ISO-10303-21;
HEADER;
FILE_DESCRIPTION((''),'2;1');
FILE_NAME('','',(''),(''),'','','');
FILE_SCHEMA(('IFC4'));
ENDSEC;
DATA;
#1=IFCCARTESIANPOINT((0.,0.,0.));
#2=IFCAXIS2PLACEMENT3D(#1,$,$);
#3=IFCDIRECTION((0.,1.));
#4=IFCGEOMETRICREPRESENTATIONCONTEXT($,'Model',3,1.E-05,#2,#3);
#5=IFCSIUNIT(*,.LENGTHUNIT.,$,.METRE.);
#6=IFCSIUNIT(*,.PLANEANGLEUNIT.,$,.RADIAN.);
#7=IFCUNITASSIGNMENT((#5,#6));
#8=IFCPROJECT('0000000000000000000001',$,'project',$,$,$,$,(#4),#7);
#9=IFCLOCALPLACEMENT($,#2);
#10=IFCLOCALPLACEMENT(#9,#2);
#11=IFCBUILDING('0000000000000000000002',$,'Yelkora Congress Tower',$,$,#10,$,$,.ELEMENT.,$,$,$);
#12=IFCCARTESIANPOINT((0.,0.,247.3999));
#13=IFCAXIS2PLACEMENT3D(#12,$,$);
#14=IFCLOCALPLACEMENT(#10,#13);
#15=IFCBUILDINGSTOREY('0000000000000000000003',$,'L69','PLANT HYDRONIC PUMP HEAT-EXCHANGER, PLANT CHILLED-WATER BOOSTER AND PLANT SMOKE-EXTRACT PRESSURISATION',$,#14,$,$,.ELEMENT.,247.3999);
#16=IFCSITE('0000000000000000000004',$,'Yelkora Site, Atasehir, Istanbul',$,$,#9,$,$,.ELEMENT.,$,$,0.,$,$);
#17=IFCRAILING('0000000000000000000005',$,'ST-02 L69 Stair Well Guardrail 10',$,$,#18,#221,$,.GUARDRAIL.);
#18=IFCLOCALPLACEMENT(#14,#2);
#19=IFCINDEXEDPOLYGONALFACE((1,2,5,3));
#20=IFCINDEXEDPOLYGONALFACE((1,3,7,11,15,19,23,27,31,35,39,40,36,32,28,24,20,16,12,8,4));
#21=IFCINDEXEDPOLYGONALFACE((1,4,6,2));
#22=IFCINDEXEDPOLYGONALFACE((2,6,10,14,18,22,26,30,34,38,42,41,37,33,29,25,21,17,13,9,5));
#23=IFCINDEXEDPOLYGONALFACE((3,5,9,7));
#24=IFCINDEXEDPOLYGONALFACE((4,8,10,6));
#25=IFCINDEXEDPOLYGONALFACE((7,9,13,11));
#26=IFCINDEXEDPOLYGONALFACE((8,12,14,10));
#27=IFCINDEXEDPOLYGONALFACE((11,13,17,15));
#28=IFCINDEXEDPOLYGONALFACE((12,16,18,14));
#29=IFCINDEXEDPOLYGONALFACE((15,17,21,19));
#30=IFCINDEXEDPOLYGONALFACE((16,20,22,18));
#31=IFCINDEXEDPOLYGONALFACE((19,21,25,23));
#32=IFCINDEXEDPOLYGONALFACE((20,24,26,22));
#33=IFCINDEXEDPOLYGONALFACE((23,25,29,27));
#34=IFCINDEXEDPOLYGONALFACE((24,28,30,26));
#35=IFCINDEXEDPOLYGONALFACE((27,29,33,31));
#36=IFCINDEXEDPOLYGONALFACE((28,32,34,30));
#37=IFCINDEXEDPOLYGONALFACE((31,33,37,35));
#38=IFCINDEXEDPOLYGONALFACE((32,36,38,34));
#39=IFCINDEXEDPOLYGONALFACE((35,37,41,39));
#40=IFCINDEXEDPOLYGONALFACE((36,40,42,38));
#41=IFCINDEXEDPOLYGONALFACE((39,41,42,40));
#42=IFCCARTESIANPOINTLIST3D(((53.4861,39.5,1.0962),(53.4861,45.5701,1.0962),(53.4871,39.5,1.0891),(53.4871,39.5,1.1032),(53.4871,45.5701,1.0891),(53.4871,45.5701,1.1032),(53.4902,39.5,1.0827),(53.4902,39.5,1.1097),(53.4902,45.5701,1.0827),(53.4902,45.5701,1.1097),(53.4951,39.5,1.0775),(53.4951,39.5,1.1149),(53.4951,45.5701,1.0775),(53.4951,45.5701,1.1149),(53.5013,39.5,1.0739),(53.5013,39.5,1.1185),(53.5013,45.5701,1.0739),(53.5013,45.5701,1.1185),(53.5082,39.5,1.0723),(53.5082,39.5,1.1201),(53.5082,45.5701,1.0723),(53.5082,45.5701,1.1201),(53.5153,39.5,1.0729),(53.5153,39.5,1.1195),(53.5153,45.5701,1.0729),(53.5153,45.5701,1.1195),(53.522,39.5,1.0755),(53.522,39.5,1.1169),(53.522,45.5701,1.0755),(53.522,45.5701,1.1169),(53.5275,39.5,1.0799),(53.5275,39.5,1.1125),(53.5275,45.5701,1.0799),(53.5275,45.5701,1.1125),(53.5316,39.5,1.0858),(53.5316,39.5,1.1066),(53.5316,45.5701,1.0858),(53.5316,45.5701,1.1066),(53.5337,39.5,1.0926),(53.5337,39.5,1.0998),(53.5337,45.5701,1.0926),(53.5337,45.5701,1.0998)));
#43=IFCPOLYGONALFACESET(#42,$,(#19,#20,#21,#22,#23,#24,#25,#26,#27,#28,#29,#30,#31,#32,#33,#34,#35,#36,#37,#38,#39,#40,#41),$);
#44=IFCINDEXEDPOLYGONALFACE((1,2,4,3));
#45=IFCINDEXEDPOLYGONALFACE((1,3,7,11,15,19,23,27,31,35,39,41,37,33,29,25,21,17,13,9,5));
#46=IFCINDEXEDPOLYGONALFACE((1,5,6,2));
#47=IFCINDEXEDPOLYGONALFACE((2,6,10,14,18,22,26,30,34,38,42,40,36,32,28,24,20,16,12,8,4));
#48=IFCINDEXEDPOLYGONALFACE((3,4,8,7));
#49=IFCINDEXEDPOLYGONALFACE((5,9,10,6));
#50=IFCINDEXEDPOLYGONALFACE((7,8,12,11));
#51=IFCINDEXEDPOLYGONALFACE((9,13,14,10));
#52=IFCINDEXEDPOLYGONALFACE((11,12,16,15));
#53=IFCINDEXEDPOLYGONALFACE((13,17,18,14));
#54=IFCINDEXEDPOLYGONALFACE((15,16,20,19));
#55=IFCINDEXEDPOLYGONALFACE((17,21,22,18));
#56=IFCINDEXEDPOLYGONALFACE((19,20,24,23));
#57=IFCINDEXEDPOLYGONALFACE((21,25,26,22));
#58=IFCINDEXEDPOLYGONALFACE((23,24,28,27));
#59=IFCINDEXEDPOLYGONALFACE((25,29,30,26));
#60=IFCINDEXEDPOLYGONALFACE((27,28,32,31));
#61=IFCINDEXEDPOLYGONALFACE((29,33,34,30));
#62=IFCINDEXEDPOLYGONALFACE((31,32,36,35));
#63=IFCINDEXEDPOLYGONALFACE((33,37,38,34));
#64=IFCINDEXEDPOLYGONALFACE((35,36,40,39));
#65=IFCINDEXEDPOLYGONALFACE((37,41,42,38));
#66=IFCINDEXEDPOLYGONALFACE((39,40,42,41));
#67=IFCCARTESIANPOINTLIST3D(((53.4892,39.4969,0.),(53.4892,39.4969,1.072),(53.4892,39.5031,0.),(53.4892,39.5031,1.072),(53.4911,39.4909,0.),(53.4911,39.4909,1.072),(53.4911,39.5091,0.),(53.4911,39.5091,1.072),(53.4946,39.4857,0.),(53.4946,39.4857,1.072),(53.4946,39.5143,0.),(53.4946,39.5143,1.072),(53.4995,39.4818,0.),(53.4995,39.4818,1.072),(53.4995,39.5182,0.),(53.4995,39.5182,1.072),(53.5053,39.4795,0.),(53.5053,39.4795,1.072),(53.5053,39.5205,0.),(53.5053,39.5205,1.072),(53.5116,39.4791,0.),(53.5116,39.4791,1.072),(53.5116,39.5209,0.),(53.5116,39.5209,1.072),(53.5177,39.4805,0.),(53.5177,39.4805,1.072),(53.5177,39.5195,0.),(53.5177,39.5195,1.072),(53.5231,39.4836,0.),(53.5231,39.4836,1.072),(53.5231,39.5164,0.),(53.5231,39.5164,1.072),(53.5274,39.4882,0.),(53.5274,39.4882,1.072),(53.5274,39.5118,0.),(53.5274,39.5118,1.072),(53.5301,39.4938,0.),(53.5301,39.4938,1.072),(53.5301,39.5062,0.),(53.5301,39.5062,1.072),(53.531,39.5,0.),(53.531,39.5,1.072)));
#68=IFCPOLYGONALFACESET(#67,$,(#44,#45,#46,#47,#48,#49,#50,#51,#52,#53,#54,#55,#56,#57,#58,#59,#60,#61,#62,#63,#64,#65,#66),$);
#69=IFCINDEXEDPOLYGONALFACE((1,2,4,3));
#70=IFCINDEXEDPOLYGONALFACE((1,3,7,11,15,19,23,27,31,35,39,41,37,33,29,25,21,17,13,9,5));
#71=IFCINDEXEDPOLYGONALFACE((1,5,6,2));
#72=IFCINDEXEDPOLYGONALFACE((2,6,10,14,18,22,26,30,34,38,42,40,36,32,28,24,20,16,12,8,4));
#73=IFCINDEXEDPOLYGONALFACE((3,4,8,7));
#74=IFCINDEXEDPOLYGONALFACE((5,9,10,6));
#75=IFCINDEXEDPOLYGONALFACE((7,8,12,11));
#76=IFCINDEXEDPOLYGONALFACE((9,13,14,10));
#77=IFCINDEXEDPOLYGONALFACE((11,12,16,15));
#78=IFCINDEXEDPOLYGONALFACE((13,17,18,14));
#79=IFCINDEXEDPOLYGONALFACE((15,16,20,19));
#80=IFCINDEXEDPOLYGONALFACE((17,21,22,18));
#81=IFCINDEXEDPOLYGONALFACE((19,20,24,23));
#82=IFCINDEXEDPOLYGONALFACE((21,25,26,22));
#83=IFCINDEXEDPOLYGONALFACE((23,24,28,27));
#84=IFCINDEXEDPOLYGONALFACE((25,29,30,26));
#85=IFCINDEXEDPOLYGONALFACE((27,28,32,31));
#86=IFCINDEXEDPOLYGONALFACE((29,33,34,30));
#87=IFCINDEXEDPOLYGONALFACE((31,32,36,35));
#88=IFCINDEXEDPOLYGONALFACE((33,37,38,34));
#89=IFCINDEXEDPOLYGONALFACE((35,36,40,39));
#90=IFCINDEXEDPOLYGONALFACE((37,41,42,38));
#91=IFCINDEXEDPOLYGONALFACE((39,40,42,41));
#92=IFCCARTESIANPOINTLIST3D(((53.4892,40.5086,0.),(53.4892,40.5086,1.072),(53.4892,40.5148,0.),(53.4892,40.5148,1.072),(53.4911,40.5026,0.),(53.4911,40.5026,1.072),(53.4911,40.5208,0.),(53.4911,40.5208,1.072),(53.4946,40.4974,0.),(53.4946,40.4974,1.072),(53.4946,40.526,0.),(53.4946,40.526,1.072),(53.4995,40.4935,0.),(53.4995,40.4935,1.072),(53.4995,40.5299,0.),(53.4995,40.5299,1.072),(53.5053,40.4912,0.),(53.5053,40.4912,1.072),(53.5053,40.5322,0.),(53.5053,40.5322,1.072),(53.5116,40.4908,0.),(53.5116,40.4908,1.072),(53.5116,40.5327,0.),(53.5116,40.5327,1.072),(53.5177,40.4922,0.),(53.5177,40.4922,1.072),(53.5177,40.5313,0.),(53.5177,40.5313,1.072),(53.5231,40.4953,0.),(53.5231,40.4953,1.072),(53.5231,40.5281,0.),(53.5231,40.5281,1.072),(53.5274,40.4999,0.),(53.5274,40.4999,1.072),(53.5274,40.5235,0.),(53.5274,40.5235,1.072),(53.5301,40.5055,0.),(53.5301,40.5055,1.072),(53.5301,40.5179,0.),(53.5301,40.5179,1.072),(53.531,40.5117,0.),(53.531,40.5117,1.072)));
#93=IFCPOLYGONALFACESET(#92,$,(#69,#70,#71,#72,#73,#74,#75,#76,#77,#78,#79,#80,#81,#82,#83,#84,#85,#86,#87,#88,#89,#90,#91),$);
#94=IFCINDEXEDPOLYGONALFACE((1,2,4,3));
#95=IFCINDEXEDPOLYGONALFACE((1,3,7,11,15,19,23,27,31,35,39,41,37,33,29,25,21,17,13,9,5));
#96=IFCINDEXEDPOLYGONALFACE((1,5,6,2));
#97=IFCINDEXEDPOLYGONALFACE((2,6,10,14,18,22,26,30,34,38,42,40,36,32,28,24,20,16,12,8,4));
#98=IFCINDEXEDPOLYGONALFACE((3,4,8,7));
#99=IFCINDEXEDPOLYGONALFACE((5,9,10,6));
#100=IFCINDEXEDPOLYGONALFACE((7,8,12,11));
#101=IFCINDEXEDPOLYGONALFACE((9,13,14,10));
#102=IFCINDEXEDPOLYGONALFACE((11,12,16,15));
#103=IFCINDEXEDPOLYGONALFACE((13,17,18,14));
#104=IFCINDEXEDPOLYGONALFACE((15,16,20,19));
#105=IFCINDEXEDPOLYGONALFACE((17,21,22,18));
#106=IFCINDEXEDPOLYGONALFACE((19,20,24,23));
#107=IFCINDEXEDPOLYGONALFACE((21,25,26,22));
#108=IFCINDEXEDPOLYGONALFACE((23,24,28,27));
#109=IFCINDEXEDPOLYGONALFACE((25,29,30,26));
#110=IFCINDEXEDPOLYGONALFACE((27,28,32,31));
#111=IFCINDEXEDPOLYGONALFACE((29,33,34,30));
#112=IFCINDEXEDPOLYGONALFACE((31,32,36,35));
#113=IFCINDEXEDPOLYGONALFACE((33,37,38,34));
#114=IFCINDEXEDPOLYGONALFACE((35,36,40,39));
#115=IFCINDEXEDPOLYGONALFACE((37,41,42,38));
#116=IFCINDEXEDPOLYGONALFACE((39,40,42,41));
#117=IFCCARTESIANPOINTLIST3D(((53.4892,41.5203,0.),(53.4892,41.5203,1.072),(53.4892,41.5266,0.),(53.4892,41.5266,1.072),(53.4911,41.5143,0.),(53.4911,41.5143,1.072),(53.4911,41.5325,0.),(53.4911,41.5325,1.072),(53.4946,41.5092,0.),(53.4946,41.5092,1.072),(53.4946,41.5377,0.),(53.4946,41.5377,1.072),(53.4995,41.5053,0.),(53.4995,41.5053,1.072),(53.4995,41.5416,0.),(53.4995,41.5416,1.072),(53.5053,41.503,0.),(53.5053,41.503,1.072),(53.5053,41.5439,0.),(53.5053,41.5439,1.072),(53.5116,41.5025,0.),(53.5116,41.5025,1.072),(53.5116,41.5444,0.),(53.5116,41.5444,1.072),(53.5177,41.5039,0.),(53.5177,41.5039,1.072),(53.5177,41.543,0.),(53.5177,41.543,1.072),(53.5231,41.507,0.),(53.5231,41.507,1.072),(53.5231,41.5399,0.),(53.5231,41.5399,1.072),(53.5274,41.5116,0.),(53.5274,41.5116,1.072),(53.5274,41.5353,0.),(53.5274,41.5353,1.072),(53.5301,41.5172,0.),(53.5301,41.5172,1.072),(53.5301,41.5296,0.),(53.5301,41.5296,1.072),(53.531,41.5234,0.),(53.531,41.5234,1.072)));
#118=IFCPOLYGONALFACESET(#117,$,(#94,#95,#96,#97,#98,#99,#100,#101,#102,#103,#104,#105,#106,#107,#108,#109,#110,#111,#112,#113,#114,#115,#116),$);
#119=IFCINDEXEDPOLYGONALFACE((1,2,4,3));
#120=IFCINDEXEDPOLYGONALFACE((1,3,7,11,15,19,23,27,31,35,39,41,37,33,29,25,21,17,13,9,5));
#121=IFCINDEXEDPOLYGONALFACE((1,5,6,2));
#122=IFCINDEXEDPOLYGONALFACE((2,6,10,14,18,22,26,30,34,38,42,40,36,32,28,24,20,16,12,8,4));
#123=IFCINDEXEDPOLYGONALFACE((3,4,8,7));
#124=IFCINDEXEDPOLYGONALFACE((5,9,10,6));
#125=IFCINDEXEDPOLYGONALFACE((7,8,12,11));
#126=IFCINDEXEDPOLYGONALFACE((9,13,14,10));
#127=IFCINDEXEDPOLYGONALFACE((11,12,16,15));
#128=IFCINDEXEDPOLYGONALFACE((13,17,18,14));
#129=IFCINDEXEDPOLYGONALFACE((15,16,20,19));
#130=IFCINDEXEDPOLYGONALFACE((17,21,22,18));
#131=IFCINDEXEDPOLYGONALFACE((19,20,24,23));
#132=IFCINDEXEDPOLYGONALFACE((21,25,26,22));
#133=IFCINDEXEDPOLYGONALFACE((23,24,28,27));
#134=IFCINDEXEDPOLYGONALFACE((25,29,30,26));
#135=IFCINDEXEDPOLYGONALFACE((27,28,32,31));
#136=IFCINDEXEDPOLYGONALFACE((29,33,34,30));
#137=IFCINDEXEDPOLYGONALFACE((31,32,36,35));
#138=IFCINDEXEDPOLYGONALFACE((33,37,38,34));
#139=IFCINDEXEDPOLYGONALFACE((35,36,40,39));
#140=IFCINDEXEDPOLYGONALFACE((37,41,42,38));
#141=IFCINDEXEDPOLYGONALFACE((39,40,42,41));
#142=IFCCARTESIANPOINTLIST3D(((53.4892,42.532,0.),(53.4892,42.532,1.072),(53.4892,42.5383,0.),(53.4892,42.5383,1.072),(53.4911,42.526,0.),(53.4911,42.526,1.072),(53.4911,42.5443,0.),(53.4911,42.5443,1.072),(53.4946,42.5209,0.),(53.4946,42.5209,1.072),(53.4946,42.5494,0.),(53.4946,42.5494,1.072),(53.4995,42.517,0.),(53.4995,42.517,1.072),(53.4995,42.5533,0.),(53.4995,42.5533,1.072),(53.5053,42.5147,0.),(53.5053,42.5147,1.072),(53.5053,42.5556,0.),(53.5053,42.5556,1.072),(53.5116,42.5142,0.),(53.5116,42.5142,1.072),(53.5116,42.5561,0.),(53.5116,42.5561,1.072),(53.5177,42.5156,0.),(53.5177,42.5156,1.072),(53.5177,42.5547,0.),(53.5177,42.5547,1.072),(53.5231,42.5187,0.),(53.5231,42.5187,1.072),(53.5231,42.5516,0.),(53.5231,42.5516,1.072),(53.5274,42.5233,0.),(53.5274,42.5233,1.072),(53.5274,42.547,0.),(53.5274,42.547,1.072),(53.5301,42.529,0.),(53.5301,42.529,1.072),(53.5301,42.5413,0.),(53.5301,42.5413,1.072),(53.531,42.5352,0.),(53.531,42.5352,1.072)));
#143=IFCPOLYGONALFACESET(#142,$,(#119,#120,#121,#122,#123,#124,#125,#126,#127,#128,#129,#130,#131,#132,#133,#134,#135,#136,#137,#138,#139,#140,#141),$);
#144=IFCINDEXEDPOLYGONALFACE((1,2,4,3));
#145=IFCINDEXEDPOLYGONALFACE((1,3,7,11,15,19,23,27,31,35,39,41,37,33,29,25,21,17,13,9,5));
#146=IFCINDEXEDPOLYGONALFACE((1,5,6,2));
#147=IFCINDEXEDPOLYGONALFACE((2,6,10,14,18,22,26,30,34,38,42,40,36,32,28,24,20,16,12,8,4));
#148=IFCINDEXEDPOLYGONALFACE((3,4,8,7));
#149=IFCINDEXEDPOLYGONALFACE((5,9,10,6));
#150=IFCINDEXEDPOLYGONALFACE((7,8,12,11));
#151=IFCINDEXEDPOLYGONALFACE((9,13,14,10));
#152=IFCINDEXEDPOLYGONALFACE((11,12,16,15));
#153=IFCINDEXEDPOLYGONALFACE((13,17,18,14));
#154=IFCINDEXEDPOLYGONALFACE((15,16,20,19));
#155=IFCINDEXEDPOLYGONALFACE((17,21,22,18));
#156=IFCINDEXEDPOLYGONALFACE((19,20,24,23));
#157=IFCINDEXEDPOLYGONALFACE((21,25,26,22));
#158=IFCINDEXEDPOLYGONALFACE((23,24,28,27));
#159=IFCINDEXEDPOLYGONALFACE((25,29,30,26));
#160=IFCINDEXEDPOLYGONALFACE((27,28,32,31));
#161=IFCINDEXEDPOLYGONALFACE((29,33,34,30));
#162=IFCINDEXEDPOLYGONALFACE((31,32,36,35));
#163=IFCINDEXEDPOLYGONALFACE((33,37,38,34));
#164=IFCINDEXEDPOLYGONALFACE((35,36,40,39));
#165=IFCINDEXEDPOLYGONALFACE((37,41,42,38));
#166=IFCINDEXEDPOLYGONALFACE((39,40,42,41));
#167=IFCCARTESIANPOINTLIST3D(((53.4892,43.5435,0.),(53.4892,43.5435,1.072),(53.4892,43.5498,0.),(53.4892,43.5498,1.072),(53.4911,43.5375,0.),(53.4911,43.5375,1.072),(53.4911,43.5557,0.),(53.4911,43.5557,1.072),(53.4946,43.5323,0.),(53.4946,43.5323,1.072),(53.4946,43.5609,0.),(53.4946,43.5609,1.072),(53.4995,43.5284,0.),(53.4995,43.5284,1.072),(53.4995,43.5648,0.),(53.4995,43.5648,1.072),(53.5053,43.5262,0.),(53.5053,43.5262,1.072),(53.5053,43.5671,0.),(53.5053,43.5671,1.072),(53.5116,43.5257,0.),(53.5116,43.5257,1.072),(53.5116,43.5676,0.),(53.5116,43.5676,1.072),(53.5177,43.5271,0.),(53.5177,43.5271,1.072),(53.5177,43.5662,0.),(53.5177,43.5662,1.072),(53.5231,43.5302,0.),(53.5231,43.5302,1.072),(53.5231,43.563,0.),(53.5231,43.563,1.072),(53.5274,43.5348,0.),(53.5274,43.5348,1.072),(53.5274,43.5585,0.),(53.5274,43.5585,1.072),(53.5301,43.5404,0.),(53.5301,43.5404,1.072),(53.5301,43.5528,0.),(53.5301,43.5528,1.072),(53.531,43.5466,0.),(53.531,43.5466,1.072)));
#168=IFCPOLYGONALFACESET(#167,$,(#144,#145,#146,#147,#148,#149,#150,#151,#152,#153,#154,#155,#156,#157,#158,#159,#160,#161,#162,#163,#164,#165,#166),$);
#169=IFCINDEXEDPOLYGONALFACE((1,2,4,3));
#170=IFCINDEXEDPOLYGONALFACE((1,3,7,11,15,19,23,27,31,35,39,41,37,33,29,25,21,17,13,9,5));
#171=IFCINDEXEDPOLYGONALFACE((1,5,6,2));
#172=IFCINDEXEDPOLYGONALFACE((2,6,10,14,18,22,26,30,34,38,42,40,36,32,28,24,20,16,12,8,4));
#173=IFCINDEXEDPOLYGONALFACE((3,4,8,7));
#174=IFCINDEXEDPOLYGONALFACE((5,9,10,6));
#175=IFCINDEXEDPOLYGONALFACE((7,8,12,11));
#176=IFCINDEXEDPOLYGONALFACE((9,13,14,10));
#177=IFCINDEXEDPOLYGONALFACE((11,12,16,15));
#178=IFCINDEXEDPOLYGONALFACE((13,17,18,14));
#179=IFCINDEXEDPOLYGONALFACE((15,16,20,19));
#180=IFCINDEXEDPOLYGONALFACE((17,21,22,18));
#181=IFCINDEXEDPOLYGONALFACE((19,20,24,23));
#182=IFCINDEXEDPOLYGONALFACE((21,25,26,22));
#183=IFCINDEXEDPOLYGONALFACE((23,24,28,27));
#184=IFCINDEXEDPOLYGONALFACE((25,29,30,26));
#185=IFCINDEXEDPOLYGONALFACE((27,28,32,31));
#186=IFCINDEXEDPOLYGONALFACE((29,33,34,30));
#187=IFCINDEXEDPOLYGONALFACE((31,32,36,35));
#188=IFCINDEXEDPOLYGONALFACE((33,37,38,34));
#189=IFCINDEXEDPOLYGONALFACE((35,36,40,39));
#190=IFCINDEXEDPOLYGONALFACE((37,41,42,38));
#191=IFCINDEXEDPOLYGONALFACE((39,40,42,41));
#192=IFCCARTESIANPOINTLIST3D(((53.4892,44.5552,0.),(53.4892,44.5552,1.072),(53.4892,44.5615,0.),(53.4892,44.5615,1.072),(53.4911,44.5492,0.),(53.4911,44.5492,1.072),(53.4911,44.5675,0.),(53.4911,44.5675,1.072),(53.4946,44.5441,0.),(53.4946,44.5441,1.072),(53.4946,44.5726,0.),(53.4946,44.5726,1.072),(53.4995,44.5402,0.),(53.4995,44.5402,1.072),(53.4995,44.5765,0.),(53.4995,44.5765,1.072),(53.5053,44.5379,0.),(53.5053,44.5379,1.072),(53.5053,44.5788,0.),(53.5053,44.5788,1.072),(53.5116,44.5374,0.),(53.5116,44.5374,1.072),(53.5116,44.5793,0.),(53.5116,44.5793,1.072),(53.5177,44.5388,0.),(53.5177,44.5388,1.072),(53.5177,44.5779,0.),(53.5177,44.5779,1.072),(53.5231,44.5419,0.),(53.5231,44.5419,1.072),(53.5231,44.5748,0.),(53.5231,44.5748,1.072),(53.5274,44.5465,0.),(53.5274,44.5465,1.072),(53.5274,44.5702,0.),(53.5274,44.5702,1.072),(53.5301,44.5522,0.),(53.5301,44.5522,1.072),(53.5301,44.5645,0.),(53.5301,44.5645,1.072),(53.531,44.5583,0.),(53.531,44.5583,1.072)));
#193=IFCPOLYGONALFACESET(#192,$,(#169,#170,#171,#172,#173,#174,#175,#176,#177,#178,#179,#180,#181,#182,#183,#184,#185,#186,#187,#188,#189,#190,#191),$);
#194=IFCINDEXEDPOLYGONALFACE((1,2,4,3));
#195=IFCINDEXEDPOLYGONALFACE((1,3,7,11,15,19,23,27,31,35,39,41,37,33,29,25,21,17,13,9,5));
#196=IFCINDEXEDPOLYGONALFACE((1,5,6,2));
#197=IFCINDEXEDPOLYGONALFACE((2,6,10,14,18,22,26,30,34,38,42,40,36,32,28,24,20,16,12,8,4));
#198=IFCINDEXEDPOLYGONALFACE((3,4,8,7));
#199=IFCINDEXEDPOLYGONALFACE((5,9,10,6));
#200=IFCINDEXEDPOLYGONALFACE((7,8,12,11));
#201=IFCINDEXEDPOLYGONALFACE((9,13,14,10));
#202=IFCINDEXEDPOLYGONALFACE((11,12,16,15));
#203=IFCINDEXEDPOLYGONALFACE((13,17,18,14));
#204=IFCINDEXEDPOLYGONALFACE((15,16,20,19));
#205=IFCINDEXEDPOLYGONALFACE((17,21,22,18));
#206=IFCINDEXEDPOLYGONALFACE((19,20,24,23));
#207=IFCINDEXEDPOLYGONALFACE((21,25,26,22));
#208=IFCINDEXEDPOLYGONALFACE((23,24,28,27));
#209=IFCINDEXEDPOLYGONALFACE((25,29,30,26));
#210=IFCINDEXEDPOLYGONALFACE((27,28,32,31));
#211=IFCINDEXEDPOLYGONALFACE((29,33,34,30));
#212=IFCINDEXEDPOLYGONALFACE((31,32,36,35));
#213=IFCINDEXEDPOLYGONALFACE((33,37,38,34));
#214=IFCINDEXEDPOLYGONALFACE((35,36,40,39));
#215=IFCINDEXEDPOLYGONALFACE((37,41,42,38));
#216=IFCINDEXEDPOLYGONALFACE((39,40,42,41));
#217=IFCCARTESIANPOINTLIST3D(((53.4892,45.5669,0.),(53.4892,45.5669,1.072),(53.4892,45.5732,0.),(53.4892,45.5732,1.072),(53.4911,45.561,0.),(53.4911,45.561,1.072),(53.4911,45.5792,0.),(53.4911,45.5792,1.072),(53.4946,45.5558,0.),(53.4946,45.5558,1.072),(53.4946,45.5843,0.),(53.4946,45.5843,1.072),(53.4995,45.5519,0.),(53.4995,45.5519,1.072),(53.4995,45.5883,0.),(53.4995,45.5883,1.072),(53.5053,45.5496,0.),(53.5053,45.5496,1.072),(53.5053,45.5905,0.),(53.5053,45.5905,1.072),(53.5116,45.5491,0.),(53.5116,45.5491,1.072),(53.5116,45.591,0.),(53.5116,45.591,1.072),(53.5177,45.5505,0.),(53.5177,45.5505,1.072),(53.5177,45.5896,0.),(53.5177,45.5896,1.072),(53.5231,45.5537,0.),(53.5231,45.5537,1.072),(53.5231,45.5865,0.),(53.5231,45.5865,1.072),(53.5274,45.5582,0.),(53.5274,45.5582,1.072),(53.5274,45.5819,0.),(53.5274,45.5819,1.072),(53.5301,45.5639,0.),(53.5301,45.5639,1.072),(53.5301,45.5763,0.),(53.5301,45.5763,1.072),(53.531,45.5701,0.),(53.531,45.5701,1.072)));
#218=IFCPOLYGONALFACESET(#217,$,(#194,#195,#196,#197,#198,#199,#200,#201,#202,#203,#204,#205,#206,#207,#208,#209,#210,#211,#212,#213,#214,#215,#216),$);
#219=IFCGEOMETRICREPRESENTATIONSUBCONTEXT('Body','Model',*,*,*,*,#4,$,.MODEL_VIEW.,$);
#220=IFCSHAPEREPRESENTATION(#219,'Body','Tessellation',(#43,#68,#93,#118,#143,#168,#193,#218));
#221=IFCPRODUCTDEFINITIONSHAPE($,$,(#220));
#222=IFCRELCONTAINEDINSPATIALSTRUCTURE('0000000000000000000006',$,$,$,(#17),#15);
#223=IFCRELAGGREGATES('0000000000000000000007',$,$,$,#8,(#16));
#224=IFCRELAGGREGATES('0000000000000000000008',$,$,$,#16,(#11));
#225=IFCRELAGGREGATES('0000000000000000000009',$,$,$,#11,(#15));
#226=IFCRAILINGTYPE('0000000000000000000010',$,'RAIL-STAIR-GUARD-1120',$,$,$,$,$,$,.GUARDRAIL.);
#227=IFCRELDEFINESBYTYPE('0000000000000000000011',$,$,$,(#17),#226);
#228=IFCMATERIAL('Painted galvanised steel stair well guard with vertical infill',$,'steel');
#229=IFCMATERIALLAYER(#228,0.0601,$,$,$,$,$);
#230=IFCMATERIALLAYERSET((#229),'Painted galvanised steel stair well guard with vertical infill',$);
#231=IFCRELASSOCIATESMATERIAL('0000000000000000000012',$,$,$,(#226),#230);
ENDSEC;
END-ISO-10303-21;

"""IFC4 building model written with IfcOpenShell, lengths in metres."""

from ifc_helpers import new_model, si_unit, direction, frame, origin, origin_2d, place, context, subcontext, project, spatial, circle, extrude, material, layer, layer_set, type_object, element, save


model = new_model("IFC4")

# Units and contexts
model_context = context("Model", 3, precision=1e-05, world=origin(), true_north=direction((0.0, 1.0)))
body_context = subcontext(model_context, "Body", "Model", "MODEL_VIEW")
ifc_project = project(units=[si_unit("LENGTHUNIT", "METRE"), si_unit("PLANEANGLEUNIT", "RADIAN")], contexts=[model_context])

# Site, building, storey
site_placement = place(None, origin())
site = spatial("IfcSite", under=ifc_project, at=site_placement, Name="Yelkora Site, Atasehir, Istanbul", CompositionType="ELEMENT", RefElevation=0.0)
building_placement = place(site_placement, origin())
building = spatial("IfcBuilding", under=site, at=building_placement, Name="Yelkora Congress Tower", CompositionType="ELEMENT")
storey_placement = place(building_placement, frame((0.0, 0.0, 247.3999)))
storey = spatial("IfcBuildingStorey", under=building, at=storey_placement, Name="L69", Description="PLANT HYDRONIC PUMP HEAT-EXCHANGER, PLANT CHILLED-WATER BOOSTER AND PLANT SMOKE-EXTRACT PRESSURISATION", CompositionType="ELEMENT", Elevation=247.3999)

# Railing
ifc_material_1 = material(Name="Painted galvanised steel stair well guard with vertical infill", Category="steel")
ifc_layer_1 = layer(ifc_material_1, 0.0601)
ifc_layer_set_1 = layer_set([ifc_layer_1], Name="Painted galvanised steel stair well guard with vertical infill")
railing_type_1 = type_object("IfcRailingType", Name="RAIL-STAIR-GUARD-1120", PredefinedType="GUARDRAIL", material=ifc_layer_set_1)
railing_1_placement = place(storey_placement, frame((53.51, 39.5, 0.0)))
element("IfcRailing", 1, at=railing_1_placement, inside=storey, type_object=railing_type_1, Name="ST-02 L69 Stair Well Guardrail 10", PredefinedType="GUARDRAIL", context=body_context, shape_type="SweptSolid", body=[
    extrude(circle(Radius=0.0239, at=origin_2d()), frame((0.0, 0.0, 1.0962), z_axis=(0.0, 1.0, 0.0), x_axis=(-1.0, 0.0, 0.0)), (0.0, 0.0, 1.0), 6.0701),
    extrude(circle(Radius=0.021, at=origin_2d()), origin(), (0.0, 0.0, 1.0), 1.072),
    extrude(circle(Radius=0.021, at=origin_2d()), frame((0.0, 1.0117, 0.0)), (0.0, 0.0, 1.0), 1.072),
    extrude(circle(Radius=0.021, at=origin_2d()), frame((0.0, 2.0234, 0.0)), (0.0, 0.0, 1.0), 1.072),
    extrude(circle(Radius=0.021, at=origin_2d()), frame((0.0, 3.0352, 0.0)), (0.0, 0.0, 1.0), 1.072),
    extrude(circle(Radius=0.021, at=origin_2d()), frame((0.0, 4.0466, 0.0)), (0.0, 0.0, 1.0), 1.072),
    extrude(circle(Radius=0.021, at=origin_2d()), frame((0.0, 5.0583, 0.0)), (0.0, 0.0, 1.0), 1.072),
    extrude(circle(Radius=0.021, at=origin_2d()), frame((0.0, 6.0701, 0.0)), (0.0, 0.0, 1.0), 1.072),
])

save(model, "model.ifc")
